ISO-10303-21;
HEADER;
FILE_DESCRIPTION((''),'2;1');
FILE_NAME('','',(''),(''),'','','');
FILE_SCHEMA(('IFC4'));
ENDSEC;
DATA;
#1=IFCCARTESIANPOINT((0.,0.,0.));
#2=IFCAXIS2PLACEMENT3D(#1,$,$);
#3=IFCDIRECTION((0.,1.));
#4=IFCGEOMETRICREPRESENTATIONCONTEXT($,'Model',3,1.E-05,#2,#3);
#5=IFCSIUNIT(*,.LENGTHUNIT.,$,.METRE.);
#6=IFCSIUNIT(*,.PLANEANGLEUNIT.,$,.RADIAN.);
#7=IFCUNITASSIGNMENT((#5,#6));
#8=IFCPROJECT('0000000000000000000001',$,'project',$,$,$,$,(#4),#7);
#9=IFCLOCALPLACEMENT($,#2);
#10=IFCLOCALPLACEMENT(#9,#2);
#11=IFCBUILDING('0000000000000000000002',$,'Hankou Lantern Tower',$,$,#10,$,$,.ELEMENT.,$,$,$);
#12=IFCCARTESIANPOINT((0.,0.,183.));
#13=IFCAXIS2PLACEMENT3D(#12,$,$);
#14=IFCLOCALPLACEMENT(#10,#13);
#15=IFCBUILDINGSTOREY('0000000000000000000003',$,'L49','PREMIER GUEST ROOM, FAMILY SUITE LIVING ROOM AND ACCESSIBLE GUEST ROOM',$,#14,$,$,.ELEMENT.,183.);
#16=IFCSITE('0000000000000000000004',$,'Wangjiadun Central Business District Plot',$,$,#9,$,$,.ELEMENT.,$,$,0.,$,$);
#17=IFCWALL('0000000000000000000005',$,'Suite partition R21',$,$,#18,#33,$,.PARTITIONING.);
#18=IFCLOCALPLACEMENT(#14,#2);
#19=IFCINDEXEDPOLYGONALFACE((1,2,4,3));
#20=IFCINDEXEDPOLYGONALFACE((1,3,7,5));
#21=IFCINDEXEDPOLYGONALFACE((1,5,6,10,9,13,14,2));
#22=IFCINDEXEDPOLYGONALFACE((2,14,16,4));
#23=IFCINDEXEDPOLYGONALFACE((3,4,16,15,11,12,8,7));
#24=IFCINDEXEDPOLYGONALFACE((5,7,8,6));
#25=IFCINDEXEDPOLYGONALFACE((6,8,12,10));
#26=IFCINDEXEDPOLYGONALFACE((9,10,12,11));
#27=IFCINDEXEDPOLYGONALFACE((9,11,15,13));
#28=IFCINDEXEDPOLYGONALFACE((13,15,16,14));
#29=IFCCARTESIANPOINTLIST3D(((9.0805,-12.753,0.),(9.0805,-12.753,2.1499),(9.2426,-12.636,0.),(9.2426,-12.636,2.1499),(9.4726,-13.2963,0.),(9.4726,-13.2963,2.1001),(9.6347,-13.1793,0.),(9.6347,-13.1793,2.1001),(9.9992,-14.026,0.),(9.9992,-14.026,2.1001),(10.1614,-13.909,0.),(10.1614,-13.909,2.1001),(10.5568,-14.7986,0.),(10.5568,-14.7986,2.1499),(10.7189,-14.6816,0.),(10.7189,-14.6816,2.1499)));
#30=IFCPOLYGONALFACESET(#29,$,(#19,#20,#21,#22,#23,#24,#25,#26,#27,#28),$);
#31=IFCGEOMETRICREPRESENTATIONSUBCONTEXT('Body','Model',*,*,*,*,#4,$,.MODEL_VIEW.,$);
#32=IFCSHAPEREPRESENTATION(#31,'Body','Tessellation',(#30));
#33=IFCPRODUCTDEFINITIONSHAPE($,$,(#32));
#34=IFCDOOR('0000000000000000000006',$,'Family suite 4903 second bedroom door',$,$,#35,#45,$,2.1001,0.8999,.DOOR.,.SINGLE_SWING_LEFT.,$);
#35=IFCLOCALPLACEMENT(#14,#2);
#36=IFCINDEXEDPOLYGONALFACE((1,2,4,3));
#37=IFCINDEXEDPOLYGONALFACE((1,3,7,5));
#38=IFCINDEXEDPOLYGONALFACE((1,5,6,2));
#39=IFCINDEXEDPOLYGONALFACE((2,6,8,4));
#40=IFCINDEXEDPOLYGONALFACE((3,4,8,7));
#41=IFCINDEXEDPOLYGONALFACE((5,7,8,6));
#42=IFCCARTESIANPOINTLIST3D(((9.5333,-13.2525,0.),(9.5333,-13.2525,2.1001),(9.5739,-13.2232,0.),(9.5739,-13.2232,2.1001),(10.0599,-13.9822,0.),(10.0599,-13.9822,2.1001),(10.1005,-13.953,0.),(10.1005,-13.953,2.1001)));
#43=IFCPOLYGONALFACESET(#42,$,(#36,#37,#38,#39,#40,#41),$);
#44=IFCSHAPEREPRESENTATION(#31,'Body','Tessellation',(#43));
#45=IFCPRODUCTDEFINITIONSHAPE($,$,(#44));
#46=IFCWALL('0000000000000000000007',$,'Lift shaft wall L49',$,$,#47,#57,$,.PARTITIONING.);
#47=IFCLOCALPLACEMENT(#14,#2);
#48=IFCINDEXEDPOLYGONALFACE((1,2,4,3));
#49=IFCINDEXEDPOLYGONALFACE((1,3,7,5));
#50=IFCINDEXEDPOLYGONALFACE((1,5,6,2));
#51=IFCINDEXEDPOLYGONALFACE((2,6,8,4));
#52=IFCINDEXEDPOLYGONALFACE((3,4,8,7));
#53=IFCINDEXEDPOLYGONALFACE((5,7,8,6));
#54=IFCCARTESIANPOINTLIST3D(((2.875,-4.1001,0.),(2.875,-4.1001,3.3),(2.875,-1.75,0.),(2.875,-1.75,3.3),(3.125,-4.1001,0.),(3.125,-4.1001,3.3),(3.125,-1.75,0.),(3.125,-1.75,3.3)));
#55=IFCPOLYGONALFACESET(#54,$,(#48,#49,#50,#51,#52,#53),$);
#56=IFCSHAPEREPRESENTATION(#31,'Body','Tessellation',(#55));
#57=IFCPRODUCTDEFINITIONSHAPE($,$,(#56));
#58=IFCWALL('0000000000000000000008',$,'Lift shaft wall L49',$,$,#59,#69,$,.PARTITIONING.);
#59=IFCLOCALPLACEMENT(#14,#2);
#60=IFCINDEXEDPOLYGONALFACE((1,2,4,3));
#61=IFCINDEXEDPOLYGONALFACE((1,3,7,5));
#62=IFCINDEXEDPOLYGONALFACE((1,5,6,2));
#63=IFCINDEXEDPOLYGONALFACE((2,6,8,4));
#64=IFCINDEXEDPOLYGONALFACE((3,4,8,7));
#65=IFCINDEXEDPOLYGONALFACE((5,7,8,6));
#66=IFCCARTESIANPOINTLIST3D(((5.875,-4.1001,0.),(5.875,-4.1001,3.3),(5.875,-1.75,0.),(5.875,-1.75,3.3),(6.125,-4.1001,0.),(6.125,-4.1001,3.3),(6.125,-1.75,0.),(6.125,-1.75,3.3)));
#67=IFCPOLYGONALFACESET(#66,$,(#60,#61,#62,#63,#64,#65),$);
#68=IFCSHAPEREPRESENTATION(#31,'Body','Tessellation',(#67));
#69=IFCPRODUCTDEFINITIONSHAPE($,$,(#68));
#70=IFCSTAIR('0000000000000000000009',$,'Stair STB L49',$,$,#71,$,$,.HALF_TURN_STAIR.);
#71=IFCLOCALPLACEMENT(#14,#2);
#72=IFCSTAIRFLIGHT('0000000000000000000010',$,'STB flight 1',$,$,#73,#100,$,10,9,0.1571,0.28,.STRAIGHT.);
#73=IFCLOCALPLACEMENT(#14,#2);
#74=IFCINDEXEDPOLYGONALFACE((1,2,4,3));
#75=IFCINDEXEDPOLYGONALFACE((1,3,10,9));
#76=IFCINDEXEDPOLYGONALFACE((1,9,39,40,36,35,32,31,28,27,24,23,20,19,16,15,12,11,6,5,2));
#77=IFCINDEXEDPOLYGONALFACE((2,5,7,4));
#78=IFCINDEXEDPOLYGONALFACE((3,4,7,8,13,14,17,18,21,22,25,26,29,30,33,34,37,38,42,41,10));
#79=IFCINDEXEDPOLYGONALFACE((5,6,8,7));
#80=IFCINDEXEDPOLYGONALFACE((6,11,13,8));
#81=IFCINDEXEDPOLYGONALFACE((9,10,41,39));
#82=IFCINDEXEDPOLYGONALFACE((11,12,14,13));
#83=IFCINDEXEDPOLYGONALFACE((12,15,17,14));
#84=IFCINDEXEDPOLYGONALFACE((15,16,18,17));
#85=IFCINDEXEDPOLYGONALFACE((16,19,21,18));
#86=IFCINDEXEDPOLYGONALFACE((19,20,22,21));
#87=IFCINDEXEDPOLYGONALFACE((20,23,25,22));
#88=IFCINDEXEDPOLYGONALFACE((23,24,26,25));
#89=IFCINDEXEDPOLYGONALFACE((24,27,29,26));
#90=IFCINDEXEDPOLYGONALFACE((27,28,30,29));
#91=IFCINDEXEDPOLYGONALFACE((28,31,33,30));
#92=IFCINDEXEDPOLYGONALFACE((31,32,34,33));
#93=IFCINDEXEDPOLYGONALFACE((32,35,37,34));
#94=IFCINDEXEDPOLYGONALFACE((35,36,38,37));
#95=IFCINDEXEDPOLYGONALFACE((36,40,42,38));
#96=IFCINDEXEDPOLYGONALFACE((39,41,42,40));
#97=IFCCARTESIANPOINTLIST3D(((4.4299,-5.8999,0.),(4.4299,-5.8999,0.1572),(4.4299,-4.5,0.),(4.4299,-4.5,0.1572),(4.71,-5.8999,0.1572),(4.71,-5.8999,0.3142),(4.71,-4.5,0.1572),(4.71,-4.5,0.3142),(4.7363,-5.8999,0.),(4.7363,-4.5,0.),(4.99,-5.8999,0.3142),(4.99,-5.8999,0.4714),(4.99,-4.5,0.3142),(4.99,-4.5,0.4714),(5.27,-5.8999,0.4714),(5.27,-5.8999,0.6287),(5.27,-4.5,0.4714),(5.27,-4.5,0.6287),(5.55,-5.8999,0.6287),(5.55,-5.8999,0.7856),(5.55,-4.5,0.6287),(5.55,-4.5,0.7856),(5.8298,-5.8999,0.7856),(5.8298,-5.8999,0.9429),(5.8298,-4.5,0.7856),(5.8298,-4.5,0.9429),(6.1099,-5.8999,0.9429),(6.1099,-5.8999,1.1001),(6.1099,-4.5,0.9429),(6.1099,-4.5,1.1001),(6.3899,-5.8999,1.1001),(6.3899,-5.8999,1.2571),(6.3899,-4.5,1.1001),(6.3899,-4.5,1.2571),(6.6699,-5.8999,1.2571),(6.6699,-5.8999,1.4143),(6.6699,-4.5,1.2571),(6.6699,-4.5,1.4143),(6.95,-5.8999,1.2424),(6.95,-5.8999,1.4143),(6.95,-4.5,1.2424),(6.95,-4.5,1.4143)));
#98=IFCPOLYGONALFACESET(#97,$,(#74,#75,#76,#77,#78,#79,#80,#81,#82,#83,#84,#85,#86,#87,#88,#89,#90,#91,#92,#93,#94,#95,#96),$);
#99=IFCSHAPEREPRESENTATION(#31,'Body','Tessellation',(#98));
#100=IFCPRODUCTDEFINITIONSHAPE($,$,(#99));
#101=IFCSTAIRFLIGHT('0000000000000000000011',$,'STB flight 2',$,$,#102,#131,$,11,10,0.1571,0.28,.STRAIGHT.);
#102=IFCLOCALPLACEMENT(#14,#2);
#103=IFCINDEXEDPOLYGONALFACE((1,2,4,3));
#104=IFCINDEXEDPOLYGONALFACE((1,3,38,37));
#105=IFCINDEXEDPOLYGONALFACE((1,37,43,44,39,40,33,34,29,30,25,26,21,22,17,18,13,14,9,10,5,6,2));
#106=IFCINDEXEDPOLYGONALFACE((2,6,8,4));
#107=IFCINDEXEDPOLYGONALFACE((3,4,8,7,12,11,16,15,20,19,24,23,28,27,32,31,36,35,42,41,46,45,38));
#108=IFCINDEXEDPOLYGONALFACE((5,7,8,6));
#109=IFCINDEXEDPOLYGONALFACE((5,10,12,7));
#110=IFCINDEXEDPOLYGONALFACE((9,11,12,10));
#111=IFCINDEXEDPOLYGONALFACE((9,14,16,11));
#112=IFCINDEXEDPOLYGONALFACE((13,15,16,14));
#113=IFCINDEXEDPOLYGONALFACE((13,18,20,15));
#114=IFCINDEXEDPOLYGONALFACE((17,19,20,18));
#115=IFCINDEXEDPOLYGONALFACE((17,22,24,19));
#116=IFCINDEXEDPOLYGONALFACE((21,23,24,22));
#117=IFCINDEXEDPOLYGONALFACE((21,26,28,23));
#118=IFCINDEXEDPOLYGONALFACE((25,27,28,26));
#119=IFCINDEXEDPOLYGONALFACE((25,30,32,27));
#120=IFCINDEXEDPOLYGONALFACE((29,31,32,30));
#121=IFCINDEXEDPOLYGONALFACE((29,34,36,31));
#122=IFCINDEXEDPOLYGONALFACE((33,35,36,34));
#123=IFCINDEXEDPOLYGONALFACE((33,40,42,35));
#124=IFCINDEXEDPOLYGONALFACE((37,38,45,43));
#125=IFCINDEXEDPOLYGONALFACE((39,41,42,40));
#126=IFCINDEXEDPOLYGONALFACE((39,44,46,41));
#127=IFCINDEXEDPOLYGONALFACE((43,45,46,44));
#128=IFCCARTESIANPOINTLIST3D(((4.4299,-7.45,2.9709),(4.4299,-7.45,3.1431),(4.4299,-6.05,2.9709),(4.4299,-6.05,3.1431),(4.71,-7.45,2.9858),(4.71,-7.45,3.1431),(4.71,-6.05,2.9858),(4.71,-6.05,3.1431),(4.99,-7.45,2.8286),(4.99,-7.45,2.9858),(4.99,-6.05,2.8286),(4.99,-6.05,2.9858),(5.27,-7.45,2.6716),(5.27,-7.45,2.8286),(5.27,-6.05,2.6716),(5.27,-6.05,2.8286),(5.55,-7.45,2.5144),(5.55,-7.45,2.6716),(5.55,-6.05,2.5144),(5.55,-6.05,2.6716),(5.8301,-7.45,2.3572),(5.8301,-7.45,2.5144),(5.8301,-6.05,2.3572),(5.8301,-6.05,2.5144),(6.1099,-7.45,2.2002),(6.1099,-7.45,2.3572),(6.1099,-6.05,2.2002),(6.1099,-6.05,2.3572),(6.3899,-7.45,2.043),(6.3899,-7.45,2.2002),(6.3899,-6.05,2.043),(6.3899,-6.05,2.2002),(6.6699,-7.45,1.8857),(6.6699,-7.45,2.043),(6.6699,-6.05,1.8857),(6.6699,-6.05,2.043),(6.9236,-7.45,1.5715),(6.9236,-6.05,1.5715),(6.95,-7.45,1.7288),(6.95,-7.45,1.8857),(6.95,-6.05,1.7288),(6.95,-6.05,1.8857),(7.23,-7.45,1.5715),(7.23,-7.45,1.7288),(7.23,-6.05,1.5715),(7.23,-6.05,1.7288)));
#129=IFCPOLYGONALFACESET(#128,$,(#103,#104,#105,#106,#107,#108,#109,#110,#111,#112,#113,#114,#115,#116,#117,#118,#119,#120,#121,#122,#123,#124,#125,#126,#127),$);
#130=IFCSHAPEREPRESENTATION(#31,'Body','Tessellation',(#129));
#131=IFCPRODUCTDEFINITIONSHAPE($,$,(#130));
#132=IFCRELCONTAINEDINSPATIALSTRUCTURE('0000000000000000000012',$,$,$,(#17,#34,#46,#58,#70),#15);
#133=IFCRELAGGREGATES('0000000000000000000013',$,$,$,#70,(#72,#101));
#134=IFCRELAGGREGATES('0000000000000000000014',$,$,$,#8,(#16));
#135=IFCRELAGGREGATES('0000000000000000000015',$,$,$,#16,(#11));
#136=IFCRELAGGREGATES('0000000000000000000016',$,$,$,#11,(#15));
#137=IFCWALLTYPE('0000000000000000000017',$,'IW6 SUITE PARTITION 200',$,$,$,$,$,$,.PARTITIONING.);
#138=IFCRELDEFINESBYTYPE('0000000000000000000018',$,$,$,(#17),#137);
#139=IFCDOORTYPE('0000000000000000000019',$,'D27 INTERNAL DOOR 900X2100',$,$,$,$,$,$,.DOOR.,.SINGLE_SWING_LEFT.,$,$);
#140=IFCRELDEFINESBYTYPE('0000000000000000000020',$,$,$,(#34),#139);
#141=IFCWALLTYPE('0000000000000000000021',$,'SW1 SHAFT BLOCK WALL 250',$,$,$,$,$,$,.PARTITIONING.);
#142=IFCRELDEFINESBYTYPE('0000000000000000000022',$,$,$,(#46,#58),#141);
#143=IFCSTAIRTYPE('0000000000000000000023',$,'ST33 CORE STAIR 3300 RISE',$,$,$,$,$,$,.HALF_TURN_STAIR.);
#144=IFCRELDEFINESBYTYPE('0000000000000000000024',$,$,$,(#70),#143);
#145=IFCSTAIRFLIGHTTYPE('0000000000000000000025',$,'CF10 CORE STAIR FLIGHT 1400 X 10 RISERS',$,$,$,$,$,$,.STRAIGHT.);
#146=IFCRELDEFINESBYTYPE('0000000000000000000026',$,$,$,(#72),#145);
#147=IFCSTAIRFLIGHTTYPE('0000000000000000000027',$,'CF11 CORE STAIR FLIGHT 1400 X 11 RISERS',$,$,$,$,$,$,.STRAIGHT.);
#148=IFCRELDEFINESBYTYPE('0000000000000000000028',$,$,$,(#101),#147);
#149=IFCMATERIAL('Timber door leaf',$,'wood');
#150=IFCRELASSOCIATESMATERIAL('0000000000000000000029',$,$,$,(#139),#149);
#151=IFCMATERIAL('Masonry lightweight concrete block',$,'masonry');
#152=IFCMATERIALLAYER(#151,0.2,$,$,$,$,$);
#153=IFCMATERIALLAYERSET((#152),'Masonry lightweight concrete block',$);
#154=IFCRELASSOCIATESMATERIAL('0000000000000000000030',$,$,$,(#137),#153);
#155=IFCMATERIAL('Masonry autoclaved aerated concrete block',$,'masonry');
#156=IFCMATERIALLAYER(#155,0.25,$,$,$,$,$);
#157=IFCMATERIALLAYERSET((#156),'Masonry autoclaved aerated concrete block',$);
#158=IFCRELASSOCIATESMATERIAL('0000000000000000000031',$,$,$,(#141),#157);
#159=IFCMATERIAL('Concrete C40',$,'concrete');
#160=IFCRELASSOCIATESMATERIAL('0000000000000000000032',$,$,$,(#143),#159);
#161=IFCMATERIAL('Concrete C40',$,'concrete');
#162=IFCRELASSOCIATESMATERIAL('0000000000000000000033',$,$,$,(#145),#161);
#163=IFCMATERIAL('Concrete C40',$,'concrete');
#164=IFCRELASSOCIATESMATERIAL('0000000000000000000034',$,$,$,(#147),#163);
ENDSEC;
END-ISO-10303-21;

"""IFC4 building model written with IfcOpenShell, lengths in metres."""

from ifc_helpers import new_model, si_unit, direction, frame, frame_2d, origin, place, context, subcontext, project, spatial, polyline, rectangle, outline, extrude, material, layer, layer_set, type_object, element, fill, aggregate, save


model = new_model("IFC4")

# Units and contexts
model_context = context("Model", 3, precision=1e-05, world=origin(), true_north=direction((0.0, 1.0)))
body_context = subcontext(model_context, "Body", "Model", "MODEL_VIEW")
ifc_project = project(units=[si_unit("LENGTHUNIT", "METRE"), si_unit("PLANEANGLEUNIT", "RADIAN")], contexts=[model_context])

# Site, building, storey
site_placement = place(None, origin())
site = spatial("IfcSite", under=ifc_project, at=site_placement, Name="Wangjiadun Central Business District Plot", CompositionType="ELEMENT", RefElevation=0.0)
building_placement = place(site_placement, origin())
building = spatial("IfcBuilding", under=site, at=building_placement, Name="Hankou Lantern Tower", CompositionType="ELEMENT")
storey_placement = place(building_placement, frame((0.0, 0.0, 183.0)))
storey = spatial("IfcBuildingStorey", under=building, at=storey_placement, Name="L49", Description="PREMIER GUEST ROOM, FAMILY SUITE LIVING ROOM AND ACCESSIBLE GUEST ROOM", CompositionType="ELEMENT", Elevation=183.0)

# Shared definitions
ifc_material_1 = material(Name="Timber door leaf", Category="wood")
door_type_1 = type_object("IfcDoorType", Name="D27 INTERNAL DOOR 900X2100", OperationType="SINGLE_SWING_LEFT", PredefinedType="DOOR", material=ifc_material_1)

# Wall, opening, door
ifc_material_2 = material(Name="Masonry lightweight concrete block", Category="masonry")
ifc_layer_1 = layer(ifc_material_2, 0.2)
ifc_layer_set_1 = layer_set([ifc_layer_1], Name="Masonry lightweight concrete block")
wall_type_1 = type_object("IfcWallType", Name="IW6 SUITE PARTITION 200", PredefinedType="PARTITIONING", material=ifc_layer_set_1)
wall_1_placement = place(storey_placement, frame((9.1616, -12.6946, 0.0), z_axis=(0.0, 0.0, 1.0), x_axis=(0.585204, -0.810886, 0.0)))
wall_1 = element("IfcWall", 1, at=wall_1_placement, inside=storey, type_object=wall_type_1, Name="Suite partition R21", PredefinedType="PARTITIONING", context=body_context, shape_type="SweptSolid", body=[
    extrude(rectangle(XDim=2.5227, YDim=0.2, at=frame_2d((1.2612, 0.0))), origin(), (0.0, 0.0, 1.0), 2.1499),
])
opening_1_placement = place(wall_1_placement, frame((0.6699, 0.0, 0.0)))
opening_1 = element("IfcOpeningElement", 2, at=opening_1_placement, cuts=wall_1, PredefinedType="OPENING", context=body_context, shape_type="SweptSolid", body=[
    extrude(rectangle(XDim=0.8999, YDim=2.1001, at=frame_2d((0.45, 1.05))), frame((0.0, 0.1099, 0.0), z_axis=(0.0, -1.0, 0.0), x_axis=(1.0, 0.0, 0.0)), (0.0, 0.0, 1.0), 0.22),
])
door_1_placement = place(opening_1_placement, origin())
door_1 = element("IfcDoor", 3, at=door_1_placement, inside=storey, type_object=door_type_1, Name="Family suite 4903 second bedroom door", OperationType="SINGLE_SWING_LEFT", OverallHeight=2.1001, OverallWidth=0.8999, PredefinedType="DOOR", context=body_context, shape_type="SweptSolid", body=[
    extrude(rectangle(XDim=0.8999, YDim=2.1001, at=frame_2d((0.45, 1.05))), frame((0.0, 0.0249, 0.0), z_axis=(0.0, -1.0, 0.0), x_axis=(1.0, 0.0, 0.0)), (0.0, 0.0, 1.0), 0.05),
])
fill(opening_1, door_1)

# Walls
ifc_material_3 = material(Name="Masonry autoclaved aerated concrete block", Category="masonry")
ifc_layer_2 = layer(ifc_material_3, 0.25)
ifc_layer_set_2 = layer_set([ifc_layer_2], Name="Masonry autoclaved aerated concrete block")
wall_type_2 = type_object("IfcWallType", Name="SW1 SHAFT BLOCK WALL 250", PredefinedType="PARTITIONING", material=ifc_layer_set_2)
for number, where, z_axis, x_axis, name in (
    (4, (3.0, -4.1001, 0.0), (0.0, 0.0, 1.0), (0.0, 1.0, 0.0), "Lift shaft wall L49"),
    (5, (6.0, -4.1001, 0.0), (0.0, 0.0, 1.0), (0.0, 1.0, 0.0), "Lift shaft wall L49"),
):
    element("IfcWall", number, at=place(storey_placement, frame(where, z_axis=z_axis, x_axis=x_axis)), inside=storey, type_object=wall_type_2, Name=name, PredefinedType="PARTITIONING", context=body_context, shape_type="SweptSolid", body=[
        extrude(rectangle(XDim=2.3501, YDim=0.25, at=frame_2d((1.175, 0.0))), origin(), (0.0, 0.0, 1.0), 3.3),
    ])

# Stair, stair flights
ifc_material_4 = material(Name="Concrete C40", Category="concrete")
stair_type = type_object("IfcStairType", Name="ST33 CORE STAIR 3300 RISE", PredefinedType="HALF_TURN_STAIR", material=ifc_material_4)
stair_placement = place(storey_placement, origin())
stair = element("IfcStair", 6, at=stair_placement, inside=storey, type_object=stair_type, Name="Stair STB L49", PredefinedType="HALF_TURN_STAIR")
ifc_material_5 = material(Name="Concrete C40", Category="concrete")
stair_flight_type_1 = type_object("IfcStairFlightType", Name="CF10 CORE STAIR FLIGHT 1400 X 10 RISERS", PredefinedType="STRAIGHT", material=ifc_material_5)
stair_flight_1_placement = place(storey_placement, frame((4.4299, -5.2, 0.0), z_axis=(0.0, 0.0, 1.0), x_axis=(1.0, 0.0, 0.0)))
stair_flight_1 = element("IfcStairFlight", 7, at=stair_flight_1_placement, type_object=stair_flight_type_1, Name="STB flight 1", NumberOfRisers=10, NumberOfTreads=9, PredefinedType="STRAIGHT", RiserHeight=0.1571, TreadLength=0.28, context=body_context, shape_type="SweptSolid", body=[
    extrude(outline(polyline([(0.0, 0.0), (0.0, 0.1572), (0.28, 0.1572), (0.28, 0.3142), (0.5601, 0.3142), (0.5601, 0.4714), (0.8401, 0.4714), (0.8401, 0.6287), (1.1201, 0.6287), (1.1201, 0.7856), (1.3999, 0.7856), (1.3999, 0.9429), (1.6799, 0.9429), (1.6799, 1.1001), (1.96, 1.1001), (1.96, 1.2571), (2.24, 1.2571), (2.24, 1.4143), (2.52, 1.4143), (2.52, 1.5715), (2.52, 1.2424), (0.3064, 0.0), (0.0, 0.0)])), frame((0.0, 0.7, 0.0), z_axis=(0.0, -1.0, 0.0), x_axis=(1.0, 0.0, 0.0)), (0.0, 0.0, 1.0), 1.3999),
])
ifc_material_6 = material(Name="Concrete C40", Category="concrete")
stair_flight_type_2 = type_object("IfcStairFlightType", Name="CF11 CORE STAIR FLIGHT 1400 X 11 RISERS", PredefinedType="STRAIGHT", material=ifc_material_6)
stair_flight_2_placement = place(storey_placement, frame((7.23, -6.75, 1.5715), z_axis=(0.0, 0.0, 1.0), x_axis=(-1.0, 0.0, 0.0)))
stair_flight_2 = element("IfcStairFlight", 8, at=stair_flight_2_placement, type_object=stair_flight_type_2, Name="STB flight 2", NumberOfRisers=11, NumberOfTreads=10, PredefinedType="STRAIGHT", RiserHeight=0.1571, TreadLength=0.28, context=body_context, shape_type="SweptSolid", body=[
    extrude(outline(polyline([(0.0, 0.0), (0.0, 0.1572), (0.28, 0.1572), (0.28, 0.3142), (0.5601, 0.3142), (0.5601, 0.4714), (0.8401, 0.4714), (0.8401, 0.6287), (1.1201, 0.6287), (1.1201, 0.7856), (1.3999, 0.7856), (1.3999, 0.9429), (1.6799, 0.9429), (1.6799, 1.1001), (1.96, 1.1001), (1.96, 1.2571), (2.24, 1.2571), (2.24, 1.4143), (2.52, 1.4143), (2.52, 1.5715), (2.8, 1.5715), (2.8, 1.7285), (2.8, 1.3994), (0.3064, 0.0), (0.0, 0.0)])), frame((0.0, 0.7, 0.0), z_axis=(0.0, -1.0, 0.0), x_axis=(1.0, 0.0, 0.0)), (0.0, 0.0, 1.0), 1.3999),
])
aggregate(stair, [stair_flight_1, stair_flight_2])

save(model, "model.ifc")
